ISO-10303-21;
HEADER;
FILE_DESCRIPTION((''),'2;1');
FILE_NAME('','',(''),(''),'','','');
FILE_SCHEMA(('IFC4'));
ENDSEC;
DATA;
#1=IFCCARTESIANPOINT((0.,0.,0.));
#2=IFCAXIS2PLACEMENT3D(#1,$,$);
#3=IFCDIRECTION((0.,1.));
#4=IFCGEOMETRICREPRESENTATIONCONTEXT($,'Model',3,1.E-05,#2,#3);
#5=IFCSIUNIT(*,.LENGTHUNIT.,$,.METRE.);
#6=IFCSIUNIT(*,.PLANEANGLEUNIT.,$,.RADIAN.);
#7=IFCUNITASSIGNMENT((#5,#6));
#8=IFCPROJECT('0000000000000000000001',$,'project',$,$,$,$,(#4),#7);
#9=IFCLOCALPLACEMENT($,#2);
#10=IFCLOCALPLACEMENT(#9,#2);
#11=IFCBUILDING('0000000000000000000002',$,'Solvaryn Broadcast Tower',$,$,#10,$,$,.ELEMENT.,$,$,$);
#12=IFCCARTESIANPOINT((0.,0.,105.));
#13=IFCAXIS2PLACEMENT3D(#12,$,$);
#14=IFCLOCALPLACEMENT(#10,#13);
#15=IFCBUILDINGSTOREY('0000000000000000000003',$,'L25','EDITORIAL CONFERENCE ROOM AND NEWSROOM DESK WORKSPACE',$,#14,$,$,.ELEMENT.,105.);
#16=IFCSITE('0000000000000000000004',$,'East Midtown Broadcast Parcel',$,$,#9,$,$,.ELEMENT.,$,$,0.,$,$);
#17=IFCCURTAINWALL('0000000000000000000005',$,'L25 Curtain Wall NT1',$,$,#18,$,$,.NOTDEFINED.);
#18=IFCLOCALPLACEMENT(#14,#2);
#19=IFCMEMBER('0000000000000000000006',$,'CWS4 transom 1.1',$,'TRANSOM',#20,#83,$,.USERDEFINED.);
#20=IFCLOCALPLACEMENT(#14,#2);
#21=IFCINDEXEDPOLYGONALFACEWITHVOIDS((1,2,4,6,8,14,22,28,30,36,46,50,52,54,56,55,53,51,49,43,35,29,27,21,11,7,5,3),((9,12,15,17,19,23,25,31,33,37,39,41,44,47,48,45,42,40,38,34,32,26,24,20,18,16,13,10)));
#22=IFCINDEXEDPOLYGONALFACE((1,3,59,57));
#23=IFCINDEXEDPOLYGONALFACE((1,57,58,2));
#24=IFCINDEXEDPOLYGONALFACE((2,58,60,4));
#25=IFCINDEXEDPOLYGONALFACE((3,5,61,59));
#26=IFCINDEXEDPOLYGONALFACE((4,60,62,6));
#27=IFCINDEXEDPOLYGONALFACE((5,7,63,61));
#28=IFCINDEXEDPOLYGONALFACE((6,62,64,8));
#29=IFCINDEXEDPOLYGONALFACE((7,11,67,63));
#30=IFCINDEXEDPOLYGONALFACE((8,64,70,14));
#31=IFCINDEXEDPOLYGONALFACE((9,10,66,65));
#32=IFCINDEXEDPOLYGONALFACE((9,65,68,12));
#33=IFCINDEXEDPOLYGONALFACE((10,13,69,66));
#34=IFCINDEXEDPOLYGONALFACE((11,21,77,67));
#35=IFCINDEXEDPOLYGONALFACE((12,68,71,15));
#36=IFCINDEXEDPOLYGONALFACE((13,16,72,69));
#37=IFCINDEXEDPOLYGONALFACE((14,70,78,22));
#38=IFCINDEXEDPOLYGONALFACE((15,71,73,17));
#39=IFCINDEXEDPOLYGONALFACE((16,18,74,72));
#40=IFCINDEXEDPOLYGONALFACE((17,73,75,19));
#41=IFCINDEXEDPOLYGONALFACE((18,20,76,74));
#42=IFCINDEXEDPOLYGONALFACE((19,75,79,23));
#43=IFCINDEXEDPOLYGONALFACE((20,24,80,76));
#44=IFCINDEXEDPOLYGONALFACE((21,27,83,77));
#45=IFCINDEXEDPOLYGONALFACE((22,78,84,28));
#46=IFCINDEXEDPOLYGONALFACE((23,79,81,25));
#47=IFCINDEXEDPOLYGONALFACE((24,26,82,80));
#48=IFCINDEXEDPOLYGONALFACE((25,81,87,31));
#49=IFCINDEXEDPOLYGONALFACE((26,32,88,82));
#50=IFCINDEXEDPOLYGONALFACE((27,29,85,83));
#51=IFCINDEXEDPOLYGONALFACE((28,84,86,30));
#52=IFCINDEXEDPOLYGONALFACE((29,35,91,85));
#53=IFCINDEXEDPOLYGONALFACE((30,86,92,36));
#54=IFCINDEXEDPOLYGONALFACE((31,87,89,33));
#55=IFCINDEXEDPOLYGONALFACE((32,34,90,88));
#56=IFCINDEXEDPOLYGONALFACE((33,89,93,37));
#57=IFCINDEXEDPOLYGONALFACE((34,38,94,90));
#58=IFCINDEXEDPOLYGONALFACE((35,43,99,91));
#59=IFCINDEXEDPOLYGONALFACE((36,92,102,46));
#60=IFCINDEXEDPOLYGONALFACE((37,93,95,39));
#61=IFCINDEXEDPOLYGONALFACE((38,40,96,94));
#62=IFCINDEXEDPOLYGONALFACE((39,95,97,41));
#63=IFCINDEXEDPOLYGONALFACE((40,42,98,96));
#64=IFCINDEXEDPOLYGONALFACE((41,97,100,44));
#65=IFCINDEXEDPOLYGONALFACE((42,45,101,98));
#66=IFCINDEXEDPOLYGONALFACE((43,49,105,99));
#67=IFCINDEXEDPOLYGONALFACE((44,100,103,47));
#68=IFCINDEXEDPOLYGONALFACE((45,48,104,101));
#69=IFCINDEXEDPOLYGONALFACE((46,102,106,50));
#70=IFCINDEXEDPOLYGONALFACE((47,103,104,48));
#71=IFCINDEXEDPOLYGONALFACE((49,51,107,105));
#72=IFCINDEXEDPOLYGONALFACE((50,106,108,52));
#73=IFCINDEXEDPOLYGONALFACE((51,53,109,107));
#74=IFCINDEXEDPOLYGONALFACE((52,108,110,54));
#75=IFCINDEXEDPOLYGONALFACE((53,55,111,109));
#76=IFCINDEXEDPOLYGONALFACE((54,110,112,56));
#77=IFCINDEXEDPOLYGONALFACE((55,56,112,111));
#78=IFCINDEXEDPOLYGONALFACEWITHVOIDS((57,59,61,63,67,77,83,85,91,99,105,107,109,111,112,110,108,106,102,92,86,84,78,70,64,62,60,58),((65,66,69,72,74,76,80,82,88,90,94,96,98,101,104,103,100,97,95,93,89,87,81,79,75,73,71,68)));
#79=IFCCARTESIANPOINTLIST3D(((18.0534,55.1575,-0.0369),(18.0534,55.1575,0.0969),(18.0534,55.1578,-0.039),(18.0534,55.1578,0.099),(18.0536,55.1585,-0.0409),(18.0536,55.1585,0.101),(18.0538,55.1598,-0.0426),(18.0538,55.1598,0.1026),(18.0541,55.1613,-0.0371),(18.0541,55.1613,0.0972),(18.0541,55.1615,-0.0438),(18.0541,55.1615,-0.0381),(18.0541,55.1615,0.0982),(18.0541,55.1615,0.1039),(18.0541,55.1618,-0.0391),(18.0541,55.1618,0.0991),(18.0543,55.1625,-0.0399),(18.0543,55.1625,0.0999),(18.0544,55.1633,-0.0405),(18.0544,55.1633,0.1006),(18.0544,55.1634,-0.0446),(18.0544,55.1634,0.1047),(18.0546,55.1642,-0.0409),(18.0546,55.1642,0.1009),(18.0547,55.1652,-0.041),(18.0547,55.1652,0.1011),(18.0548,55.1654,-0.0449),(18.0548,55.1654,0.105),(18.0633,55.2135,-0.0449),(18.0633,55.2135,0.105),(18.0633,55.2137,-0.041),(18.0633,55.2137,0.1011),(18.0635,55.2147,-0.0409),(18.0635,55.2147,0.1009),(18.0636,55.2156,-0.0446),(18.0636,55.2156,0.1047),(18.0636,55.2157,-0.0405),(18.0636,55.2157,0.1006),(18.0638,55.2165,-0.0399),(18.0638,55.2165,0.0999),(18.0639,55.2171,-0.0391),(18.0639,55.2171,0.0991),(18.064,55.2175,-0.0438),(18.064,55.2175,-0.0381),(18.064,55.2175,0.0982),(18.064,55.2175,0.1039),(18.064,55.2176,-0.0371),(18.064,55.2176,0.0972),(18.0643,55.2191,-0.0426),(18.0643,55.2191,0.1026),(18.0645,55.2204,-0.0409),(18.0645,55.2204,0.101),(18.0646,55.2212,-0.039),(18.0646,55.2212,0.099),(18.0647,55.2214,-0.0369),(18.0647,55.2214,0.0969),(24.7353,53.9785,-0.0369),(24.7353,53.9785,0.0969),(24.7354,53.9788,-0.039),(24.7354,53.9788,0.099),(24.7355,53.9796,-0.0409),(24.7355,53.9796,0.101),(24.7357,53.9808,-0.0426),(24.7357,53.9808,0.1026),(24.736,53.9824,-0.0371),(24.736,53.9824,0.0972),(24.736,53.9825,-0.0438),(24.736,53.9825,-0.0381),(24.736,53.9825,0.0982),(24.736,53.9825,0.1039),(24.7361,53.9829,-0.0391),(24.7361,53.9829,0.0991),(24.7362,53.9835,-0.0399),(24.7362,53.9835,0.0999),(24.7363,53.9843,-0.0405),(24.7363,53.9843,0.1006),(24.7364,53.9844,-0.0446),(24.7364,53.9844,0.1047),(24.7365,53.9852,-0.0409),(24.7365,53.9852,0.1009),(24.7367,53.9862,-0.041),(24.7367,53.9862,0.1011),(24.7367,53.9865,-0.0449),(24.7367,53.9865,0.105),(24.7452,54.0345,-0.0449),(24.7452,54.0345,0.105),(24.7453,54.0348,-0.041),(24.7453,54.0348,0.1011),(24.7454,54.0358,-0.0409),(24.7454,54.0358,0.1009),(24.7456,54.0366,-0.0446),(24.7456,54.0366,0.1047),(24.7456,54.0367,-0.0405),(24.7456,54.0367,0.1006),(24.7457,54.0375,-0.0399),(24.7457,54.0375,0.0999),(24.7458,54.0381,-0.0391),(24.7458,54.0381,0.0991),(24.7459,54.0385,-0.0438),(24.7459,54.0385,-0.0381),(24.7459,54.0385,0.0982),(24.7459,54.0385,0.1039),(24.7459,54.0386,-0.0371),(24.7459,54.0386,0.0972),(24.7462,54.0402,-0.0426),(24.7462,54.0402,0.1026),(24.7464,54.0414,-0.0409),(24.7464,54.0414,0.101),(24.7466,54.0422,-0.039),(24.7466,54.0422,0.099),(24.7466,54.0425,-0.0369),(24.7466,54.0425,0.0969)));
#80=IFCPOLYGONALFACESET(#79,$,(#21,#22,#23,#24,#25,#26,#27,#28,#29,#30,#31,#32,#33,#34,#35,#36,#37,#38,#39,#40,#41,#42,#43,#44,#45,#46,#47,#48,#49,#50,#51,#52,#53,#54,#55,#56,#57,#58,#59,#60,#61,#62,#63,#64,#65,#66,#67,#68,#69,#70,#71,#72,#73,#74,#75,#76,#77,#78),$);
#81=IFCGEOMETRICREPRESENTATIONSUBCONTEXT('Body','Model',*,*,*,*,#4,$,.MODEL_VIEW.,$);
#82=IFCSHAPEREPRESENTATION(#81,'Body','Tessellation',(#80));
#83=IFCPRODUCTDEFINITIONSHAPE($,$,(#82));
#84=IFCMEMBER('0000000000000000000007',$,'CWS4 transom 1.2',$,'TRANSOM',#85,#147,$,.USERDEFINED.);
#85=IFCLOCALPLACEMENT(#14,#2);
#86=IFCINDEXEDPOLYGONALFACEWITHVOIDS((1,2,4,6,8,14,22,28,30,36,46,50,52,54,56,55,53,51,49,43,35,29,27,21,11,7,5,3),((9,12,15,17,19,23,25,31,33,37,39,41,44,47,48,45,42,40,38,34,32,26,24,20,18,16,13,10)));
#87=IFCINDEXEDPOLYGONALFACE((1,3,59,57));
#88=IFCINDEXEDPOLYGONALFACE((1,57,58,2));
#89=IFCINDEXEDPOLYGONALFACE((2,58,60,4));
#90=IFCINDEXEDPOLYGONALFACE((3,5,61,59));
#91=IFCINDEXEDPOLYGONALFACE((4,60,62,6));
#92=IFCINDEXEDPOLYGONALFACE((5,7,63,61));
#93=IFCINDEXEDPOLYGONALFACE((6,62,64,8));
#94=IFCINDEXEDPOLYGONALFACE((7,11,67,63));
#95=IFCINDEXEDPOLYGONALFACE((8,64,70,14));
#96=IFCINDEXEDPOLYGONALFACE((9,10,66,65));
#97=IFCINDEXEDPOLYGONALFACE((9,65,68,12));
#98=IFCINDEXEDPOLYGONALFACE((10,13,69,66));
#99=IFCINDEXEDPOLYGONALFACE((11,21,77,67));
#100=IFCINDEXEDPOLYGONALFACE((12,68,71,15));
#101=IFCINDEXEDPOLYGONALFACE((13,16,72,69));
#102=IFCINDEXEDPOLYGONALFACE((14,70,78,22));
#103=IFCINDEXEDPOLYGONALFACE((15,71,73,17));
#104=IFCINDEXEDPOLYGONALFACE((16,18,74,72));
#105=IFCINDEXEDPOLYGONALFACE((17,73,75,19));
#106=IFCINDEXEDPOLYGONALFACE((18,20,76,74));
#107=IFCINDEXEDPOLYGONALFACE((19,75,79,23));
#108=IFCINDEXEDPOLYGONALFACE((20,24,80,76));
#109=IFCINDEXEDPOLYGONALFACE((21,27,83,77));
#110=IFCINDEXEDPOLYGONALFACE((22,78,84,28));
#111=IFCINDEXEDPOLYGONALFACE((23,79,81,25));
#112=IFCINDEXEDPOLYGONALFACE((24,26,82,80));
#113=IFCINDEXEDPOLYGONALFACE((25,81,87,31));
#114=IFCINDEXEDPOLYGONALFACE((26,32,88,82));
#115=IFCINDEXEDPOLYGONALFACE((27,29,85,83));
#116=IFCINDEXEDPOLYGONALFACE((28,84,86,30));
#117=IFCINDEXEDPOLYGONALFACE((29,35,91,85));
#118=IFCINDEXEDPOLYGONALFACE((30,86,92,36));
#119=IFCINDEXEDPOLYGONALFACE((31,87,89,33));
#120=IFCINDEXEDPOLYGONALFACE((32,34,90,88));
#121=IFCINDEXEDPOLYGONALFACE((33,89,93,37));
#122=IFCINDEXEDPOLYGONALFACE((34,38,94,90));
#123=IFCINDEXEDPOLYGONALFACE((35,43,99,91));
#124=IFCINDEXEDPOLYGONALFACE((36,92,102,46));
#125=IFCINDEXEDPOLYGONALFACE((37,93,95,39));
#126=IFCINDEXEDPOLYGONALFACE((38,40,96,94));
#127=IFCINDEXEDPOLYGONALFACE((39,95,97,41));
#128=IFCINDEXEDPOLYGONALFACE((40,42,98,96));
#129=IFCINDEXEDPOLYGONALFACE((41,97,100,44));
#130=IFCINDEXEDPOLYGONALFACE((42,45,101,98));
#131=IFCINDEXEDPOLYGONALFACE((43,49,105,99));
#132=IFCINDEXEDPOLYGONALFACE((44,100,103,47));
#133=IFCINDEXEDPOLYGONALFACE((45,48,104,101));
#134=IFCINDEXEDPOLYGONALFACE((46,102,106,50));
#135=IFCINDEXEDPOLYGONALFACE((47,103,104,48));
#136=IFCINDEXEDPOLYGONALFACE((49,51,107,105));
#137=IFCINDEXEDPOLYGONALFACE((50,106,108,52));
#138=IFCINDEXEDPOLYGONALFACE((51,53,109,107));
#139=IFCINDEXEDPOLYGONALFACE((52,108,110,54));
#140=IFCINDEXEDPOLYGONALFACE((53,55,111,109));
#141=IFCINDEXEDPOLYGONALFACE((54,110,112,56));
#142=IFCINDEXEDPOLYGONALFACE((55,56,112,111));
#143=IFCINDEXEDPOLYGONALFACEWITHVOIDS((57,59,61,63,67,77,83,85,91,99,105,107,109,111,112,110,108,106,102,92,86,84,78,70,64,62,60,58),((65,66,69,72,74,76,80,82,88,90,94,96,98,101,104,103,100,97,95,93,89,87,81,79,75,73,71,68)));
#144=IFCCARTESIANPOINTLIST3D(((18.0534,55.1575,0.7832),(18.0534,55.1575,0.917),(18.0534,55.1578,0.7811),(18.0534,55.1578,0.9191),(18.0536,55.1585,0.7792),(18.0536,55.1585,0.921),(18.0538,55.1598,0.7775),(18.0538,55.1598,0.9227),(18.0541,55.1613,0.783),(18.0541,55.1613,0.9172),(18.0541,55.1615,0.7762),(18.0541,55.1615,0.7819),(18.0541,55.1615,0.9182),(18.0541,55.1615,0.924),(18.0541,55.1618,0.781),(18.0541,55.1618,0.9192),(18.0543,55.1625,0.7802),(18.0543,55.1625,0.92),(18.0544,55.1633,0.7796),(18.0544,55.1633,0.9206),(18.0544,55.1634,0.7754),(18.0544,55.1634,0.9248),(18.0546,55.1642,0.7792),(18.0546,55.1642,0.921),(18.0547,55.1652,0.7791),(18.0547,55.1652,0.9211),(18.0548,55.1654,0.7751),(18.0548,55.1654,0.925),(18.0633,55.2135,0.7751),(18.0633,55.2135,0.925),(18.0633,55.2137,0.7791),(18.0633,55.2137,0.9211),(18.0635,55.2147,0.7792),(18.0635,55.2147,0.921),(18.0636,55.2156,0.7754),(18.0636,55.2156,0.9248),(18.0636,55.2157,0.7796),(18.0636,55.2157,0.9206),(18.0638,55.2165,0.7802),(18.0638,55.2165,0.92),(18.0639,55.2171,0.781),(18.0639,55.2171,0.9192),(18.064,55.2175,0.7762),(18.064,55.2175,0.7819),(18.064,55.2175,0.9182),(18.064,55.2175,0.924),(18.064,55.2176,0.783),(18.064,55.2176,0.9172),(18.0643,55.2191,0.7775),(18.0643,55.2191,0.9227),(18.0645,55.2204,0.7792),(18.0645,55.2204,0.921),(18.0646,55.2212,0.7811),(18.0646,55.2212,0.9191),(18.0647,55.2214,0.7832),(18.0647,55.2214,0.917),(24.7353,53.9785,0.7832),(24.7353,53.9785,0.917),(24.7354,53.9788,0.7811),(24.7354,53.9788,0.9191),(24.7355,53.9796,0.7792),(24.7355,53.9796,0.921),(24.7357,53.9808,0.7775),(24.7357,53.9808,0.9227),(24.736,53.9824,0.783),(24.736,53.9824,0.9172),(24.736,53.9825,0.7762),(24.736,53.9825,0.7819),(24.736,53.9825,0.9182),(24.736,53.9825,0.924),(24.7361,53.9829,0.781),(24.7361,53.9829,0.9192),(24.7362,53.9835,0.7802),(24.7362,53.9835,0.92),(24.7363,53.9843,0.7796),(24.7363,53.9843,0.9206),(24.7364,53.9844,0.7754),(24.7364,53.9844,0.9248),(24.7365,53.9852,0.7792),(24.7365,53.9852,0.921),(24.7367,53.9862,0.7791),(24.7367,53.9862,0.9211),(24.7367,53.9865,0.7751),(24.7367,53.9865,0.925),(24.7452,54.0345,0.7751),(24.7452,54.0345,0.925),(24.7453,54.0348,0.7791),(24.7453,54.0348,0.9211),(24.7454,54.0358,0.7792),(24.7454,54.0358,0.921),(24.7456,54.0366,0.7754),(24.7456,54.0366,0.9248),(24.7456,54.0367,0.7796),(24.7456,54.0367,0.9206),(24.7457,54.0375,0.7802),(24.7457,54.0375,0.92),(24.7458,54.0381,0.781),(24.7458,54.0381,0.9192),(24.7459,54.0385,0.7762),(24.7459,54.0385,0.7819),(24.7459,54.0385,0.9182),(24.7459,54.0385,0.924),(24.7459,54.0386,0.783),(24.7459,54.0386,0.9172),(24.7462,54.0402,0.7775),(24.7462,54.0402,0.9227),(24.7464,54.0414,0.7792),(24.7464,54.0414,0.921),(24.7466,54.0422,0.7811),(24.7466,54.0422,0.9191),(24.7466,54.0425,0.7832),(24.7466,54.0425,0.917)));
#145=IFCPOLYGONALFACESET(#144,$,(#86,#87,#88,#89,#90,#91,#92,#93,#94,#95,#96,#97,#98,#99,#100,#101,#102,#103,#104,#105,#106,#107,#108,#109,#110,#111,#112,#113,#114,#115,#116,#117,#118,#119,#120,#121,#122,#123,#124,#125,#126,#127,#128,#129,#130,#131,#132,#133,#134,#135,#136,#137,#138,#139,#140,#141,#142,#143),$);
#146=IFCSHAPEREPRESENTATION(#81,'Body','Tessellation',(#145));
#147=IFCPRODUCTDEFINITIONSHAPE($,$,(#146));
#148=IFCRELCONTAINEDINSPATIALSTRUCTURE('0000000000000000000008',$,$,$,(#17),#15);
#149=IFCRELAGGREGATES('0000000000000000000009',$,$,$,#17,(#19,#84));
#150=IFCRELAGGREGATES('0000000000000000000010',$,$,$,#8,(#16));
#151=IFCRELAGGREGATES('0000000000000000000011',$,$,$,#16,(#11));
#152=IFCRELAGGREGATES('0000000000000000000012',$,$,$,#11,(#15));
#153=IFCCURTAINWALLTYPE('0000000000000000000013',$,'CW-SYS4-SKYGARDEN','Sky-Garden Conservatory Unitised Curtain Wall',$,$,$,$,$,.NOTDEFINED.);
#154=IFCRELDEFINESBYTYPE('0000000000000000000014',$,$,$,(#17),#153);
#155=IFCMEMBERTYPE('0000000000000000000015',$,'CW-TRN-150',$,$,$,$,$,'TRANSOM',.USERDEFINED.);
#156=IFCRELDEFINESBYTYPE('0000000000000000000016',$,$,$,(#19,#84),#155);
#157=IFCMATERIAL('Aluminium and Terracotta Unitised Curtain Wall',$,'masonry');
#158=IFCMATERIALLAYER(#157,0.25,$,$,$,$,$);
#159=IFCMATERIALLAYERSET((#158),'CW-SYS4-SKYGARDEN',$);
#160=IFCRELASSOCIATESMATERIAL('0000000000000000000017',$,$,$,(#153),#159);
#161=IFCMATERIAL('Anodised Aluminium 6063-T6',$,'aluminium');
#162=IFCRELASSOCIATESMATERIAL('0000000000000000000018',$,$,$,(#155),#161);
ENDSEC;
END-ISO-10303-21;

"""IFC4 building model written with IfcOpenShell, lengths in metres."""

from ifc_helpers import new_model, si_unit, direction, frame, origin, origin_2d, place, context, subcontext, project, spatial, hollow_rectangle, extrude, material, layer, layer_set, material_profile, profile_set, type_object, element, aggregate, save


model = new_model("IFC4")

# Units and contexts
model_context = context("Model", 3, precision=1e-05, world=origin(), true_north=direction((0.0, 1.0)))
body_context = subcontext(model_context, "Body", "Model", "MODEL_VIEW")
ifc_project = project(units=[si_unit("LENGTHUNIT", "METRE"), si_unit("PLANEANGLEUNIT", "RADIAN")], contexts=[model_context])

# Site, building, storey
site_placement = place(None, origin())
site = spatial("IfcSite", under=ifc_project, at=site_placement, Name="East Midtown Broadcast Parcel", CompositionType="ELEMENT", RefElevation=0.0)
building_placement = place(site_placement, origin())
building = spatial("IfcBuilding", under=site, at=building_placement, Name="Solvaryn Broadcast Tower", CompositionType="ELEMENT")
storey_placement = place(building_placement, frame((0.0, 0.0, 105.0)))
storey = spatial("IfcBuildingStorey", under=building, at=storey_placement, Name="L25", Description="EDITORIAL CONFERENCE ROOM AND NEWSROOM DESK WORKSPACE", CompositionType="ELEMENT", Elevation=105.0)

# Shared definitions
ifc_material_1 = material(Name="Aluminium and Terracotta Unitised Curtain Wall", Category="masonry")
ifc_layer_1 = layer(ifc_material_1, 0.25)
ifc_layer_set_1 = layer_set([ifc_layer_1], Name="CW-SYS4-SKYGARDEN")
curtain_wall_type = type_object("IfcCurtainWallType", Name="CW-SYS4-SKYGARDEN", Description="Sky-Garden Conservatory Unitised Curtain Wall", PredefinedType="NOTDEFINED", material=ifc_layer_set_1)

# Curtain wall
curtain_wall_1_placement = place(storey_placement, origin())
curtain_wall_1 = element("IfcCurtainWall", 1, at=curtain_wall_1_placement, inside=storey, type_object=curtain_wall_type, Name="L25 Curtain Wall NT1", PredefinedType="NOTDEFINED")

# Members
ifc_material_2 = material(Name="Anodised Aluminium 6063-T6", Category="aluminium")
ifc_material_profile_1 = material_profile(ifc_material_2, hollow_rectangle(XDim=0.0649, YDim=0.1499, WallThickness=0.0039, InnerFilletRadius=0.0039, OuterFilletRadius=0.0081, at=origin_2d()))
ifc_profile_set_1 = profile_set([ifc_material_profile_1], Name="Anodised Aluminium 6063-T6")
member_type_1 = type_object("IfcMemberType", Name="CW-TRN-150", ElementType="TRANSOM", PredefinedType="USERDEFINED", material=ifc_profile_set_1)
member_1_placement = place(storey_placement, frame((24.741, 54.0105, 0.03), z_axis=(-0.984789, 0.173757, 0.0), x_axis=(-0.173757, -0.984789, 0.0)))
member_1 = element("IfcMember", 2, at=member_1_placement, type_object=member_type_1, Name="CWS4 transom 1.1", ObjectType="TRANSOM", PredefinedType="USERDEFINED", context=body_context, shape_type="SweptSolid", body=[
    extrude(hollow_rectangle(XDim=0.0649, YDim=0.1499, WallThickness=0.0039, InnerFilletRadius=0.0039, OuterFilletRadius=0.0081, at=origin_2d()), origin(), (0.0, 0.0, 1.0), 6.7852),
])
member_2_placement = place(storey_placement, frame((24.741, 54.0105, 0.8501), z_axis=(-0.984789, 0.173757, 0.0), x_axis=(-0.173757, -0.984789, 0.0)))
member_2 = element("IfcMember", 3, at=member_2_placement, type_object=member_type_1, Name="CWS4 transom 1.2", ObjectType="TRANSOM", PredefinedType="USERDEFINED", context=body_context, shape_type="SweptSolid", body=[
    extrude(hollow_rectangle(XDim=0.0649, YDim=0.1499, WallThickness=0.0039, InnerFilletRadius=0.0039, OuterFilletRadius=0.0081, at=origin_2d()), origin(), (0.0, 0.0, 1.0), 6.7852),
])
aggregate(curtain_wall_1, [member_1, member_2])

save(model, "model.ifc")
